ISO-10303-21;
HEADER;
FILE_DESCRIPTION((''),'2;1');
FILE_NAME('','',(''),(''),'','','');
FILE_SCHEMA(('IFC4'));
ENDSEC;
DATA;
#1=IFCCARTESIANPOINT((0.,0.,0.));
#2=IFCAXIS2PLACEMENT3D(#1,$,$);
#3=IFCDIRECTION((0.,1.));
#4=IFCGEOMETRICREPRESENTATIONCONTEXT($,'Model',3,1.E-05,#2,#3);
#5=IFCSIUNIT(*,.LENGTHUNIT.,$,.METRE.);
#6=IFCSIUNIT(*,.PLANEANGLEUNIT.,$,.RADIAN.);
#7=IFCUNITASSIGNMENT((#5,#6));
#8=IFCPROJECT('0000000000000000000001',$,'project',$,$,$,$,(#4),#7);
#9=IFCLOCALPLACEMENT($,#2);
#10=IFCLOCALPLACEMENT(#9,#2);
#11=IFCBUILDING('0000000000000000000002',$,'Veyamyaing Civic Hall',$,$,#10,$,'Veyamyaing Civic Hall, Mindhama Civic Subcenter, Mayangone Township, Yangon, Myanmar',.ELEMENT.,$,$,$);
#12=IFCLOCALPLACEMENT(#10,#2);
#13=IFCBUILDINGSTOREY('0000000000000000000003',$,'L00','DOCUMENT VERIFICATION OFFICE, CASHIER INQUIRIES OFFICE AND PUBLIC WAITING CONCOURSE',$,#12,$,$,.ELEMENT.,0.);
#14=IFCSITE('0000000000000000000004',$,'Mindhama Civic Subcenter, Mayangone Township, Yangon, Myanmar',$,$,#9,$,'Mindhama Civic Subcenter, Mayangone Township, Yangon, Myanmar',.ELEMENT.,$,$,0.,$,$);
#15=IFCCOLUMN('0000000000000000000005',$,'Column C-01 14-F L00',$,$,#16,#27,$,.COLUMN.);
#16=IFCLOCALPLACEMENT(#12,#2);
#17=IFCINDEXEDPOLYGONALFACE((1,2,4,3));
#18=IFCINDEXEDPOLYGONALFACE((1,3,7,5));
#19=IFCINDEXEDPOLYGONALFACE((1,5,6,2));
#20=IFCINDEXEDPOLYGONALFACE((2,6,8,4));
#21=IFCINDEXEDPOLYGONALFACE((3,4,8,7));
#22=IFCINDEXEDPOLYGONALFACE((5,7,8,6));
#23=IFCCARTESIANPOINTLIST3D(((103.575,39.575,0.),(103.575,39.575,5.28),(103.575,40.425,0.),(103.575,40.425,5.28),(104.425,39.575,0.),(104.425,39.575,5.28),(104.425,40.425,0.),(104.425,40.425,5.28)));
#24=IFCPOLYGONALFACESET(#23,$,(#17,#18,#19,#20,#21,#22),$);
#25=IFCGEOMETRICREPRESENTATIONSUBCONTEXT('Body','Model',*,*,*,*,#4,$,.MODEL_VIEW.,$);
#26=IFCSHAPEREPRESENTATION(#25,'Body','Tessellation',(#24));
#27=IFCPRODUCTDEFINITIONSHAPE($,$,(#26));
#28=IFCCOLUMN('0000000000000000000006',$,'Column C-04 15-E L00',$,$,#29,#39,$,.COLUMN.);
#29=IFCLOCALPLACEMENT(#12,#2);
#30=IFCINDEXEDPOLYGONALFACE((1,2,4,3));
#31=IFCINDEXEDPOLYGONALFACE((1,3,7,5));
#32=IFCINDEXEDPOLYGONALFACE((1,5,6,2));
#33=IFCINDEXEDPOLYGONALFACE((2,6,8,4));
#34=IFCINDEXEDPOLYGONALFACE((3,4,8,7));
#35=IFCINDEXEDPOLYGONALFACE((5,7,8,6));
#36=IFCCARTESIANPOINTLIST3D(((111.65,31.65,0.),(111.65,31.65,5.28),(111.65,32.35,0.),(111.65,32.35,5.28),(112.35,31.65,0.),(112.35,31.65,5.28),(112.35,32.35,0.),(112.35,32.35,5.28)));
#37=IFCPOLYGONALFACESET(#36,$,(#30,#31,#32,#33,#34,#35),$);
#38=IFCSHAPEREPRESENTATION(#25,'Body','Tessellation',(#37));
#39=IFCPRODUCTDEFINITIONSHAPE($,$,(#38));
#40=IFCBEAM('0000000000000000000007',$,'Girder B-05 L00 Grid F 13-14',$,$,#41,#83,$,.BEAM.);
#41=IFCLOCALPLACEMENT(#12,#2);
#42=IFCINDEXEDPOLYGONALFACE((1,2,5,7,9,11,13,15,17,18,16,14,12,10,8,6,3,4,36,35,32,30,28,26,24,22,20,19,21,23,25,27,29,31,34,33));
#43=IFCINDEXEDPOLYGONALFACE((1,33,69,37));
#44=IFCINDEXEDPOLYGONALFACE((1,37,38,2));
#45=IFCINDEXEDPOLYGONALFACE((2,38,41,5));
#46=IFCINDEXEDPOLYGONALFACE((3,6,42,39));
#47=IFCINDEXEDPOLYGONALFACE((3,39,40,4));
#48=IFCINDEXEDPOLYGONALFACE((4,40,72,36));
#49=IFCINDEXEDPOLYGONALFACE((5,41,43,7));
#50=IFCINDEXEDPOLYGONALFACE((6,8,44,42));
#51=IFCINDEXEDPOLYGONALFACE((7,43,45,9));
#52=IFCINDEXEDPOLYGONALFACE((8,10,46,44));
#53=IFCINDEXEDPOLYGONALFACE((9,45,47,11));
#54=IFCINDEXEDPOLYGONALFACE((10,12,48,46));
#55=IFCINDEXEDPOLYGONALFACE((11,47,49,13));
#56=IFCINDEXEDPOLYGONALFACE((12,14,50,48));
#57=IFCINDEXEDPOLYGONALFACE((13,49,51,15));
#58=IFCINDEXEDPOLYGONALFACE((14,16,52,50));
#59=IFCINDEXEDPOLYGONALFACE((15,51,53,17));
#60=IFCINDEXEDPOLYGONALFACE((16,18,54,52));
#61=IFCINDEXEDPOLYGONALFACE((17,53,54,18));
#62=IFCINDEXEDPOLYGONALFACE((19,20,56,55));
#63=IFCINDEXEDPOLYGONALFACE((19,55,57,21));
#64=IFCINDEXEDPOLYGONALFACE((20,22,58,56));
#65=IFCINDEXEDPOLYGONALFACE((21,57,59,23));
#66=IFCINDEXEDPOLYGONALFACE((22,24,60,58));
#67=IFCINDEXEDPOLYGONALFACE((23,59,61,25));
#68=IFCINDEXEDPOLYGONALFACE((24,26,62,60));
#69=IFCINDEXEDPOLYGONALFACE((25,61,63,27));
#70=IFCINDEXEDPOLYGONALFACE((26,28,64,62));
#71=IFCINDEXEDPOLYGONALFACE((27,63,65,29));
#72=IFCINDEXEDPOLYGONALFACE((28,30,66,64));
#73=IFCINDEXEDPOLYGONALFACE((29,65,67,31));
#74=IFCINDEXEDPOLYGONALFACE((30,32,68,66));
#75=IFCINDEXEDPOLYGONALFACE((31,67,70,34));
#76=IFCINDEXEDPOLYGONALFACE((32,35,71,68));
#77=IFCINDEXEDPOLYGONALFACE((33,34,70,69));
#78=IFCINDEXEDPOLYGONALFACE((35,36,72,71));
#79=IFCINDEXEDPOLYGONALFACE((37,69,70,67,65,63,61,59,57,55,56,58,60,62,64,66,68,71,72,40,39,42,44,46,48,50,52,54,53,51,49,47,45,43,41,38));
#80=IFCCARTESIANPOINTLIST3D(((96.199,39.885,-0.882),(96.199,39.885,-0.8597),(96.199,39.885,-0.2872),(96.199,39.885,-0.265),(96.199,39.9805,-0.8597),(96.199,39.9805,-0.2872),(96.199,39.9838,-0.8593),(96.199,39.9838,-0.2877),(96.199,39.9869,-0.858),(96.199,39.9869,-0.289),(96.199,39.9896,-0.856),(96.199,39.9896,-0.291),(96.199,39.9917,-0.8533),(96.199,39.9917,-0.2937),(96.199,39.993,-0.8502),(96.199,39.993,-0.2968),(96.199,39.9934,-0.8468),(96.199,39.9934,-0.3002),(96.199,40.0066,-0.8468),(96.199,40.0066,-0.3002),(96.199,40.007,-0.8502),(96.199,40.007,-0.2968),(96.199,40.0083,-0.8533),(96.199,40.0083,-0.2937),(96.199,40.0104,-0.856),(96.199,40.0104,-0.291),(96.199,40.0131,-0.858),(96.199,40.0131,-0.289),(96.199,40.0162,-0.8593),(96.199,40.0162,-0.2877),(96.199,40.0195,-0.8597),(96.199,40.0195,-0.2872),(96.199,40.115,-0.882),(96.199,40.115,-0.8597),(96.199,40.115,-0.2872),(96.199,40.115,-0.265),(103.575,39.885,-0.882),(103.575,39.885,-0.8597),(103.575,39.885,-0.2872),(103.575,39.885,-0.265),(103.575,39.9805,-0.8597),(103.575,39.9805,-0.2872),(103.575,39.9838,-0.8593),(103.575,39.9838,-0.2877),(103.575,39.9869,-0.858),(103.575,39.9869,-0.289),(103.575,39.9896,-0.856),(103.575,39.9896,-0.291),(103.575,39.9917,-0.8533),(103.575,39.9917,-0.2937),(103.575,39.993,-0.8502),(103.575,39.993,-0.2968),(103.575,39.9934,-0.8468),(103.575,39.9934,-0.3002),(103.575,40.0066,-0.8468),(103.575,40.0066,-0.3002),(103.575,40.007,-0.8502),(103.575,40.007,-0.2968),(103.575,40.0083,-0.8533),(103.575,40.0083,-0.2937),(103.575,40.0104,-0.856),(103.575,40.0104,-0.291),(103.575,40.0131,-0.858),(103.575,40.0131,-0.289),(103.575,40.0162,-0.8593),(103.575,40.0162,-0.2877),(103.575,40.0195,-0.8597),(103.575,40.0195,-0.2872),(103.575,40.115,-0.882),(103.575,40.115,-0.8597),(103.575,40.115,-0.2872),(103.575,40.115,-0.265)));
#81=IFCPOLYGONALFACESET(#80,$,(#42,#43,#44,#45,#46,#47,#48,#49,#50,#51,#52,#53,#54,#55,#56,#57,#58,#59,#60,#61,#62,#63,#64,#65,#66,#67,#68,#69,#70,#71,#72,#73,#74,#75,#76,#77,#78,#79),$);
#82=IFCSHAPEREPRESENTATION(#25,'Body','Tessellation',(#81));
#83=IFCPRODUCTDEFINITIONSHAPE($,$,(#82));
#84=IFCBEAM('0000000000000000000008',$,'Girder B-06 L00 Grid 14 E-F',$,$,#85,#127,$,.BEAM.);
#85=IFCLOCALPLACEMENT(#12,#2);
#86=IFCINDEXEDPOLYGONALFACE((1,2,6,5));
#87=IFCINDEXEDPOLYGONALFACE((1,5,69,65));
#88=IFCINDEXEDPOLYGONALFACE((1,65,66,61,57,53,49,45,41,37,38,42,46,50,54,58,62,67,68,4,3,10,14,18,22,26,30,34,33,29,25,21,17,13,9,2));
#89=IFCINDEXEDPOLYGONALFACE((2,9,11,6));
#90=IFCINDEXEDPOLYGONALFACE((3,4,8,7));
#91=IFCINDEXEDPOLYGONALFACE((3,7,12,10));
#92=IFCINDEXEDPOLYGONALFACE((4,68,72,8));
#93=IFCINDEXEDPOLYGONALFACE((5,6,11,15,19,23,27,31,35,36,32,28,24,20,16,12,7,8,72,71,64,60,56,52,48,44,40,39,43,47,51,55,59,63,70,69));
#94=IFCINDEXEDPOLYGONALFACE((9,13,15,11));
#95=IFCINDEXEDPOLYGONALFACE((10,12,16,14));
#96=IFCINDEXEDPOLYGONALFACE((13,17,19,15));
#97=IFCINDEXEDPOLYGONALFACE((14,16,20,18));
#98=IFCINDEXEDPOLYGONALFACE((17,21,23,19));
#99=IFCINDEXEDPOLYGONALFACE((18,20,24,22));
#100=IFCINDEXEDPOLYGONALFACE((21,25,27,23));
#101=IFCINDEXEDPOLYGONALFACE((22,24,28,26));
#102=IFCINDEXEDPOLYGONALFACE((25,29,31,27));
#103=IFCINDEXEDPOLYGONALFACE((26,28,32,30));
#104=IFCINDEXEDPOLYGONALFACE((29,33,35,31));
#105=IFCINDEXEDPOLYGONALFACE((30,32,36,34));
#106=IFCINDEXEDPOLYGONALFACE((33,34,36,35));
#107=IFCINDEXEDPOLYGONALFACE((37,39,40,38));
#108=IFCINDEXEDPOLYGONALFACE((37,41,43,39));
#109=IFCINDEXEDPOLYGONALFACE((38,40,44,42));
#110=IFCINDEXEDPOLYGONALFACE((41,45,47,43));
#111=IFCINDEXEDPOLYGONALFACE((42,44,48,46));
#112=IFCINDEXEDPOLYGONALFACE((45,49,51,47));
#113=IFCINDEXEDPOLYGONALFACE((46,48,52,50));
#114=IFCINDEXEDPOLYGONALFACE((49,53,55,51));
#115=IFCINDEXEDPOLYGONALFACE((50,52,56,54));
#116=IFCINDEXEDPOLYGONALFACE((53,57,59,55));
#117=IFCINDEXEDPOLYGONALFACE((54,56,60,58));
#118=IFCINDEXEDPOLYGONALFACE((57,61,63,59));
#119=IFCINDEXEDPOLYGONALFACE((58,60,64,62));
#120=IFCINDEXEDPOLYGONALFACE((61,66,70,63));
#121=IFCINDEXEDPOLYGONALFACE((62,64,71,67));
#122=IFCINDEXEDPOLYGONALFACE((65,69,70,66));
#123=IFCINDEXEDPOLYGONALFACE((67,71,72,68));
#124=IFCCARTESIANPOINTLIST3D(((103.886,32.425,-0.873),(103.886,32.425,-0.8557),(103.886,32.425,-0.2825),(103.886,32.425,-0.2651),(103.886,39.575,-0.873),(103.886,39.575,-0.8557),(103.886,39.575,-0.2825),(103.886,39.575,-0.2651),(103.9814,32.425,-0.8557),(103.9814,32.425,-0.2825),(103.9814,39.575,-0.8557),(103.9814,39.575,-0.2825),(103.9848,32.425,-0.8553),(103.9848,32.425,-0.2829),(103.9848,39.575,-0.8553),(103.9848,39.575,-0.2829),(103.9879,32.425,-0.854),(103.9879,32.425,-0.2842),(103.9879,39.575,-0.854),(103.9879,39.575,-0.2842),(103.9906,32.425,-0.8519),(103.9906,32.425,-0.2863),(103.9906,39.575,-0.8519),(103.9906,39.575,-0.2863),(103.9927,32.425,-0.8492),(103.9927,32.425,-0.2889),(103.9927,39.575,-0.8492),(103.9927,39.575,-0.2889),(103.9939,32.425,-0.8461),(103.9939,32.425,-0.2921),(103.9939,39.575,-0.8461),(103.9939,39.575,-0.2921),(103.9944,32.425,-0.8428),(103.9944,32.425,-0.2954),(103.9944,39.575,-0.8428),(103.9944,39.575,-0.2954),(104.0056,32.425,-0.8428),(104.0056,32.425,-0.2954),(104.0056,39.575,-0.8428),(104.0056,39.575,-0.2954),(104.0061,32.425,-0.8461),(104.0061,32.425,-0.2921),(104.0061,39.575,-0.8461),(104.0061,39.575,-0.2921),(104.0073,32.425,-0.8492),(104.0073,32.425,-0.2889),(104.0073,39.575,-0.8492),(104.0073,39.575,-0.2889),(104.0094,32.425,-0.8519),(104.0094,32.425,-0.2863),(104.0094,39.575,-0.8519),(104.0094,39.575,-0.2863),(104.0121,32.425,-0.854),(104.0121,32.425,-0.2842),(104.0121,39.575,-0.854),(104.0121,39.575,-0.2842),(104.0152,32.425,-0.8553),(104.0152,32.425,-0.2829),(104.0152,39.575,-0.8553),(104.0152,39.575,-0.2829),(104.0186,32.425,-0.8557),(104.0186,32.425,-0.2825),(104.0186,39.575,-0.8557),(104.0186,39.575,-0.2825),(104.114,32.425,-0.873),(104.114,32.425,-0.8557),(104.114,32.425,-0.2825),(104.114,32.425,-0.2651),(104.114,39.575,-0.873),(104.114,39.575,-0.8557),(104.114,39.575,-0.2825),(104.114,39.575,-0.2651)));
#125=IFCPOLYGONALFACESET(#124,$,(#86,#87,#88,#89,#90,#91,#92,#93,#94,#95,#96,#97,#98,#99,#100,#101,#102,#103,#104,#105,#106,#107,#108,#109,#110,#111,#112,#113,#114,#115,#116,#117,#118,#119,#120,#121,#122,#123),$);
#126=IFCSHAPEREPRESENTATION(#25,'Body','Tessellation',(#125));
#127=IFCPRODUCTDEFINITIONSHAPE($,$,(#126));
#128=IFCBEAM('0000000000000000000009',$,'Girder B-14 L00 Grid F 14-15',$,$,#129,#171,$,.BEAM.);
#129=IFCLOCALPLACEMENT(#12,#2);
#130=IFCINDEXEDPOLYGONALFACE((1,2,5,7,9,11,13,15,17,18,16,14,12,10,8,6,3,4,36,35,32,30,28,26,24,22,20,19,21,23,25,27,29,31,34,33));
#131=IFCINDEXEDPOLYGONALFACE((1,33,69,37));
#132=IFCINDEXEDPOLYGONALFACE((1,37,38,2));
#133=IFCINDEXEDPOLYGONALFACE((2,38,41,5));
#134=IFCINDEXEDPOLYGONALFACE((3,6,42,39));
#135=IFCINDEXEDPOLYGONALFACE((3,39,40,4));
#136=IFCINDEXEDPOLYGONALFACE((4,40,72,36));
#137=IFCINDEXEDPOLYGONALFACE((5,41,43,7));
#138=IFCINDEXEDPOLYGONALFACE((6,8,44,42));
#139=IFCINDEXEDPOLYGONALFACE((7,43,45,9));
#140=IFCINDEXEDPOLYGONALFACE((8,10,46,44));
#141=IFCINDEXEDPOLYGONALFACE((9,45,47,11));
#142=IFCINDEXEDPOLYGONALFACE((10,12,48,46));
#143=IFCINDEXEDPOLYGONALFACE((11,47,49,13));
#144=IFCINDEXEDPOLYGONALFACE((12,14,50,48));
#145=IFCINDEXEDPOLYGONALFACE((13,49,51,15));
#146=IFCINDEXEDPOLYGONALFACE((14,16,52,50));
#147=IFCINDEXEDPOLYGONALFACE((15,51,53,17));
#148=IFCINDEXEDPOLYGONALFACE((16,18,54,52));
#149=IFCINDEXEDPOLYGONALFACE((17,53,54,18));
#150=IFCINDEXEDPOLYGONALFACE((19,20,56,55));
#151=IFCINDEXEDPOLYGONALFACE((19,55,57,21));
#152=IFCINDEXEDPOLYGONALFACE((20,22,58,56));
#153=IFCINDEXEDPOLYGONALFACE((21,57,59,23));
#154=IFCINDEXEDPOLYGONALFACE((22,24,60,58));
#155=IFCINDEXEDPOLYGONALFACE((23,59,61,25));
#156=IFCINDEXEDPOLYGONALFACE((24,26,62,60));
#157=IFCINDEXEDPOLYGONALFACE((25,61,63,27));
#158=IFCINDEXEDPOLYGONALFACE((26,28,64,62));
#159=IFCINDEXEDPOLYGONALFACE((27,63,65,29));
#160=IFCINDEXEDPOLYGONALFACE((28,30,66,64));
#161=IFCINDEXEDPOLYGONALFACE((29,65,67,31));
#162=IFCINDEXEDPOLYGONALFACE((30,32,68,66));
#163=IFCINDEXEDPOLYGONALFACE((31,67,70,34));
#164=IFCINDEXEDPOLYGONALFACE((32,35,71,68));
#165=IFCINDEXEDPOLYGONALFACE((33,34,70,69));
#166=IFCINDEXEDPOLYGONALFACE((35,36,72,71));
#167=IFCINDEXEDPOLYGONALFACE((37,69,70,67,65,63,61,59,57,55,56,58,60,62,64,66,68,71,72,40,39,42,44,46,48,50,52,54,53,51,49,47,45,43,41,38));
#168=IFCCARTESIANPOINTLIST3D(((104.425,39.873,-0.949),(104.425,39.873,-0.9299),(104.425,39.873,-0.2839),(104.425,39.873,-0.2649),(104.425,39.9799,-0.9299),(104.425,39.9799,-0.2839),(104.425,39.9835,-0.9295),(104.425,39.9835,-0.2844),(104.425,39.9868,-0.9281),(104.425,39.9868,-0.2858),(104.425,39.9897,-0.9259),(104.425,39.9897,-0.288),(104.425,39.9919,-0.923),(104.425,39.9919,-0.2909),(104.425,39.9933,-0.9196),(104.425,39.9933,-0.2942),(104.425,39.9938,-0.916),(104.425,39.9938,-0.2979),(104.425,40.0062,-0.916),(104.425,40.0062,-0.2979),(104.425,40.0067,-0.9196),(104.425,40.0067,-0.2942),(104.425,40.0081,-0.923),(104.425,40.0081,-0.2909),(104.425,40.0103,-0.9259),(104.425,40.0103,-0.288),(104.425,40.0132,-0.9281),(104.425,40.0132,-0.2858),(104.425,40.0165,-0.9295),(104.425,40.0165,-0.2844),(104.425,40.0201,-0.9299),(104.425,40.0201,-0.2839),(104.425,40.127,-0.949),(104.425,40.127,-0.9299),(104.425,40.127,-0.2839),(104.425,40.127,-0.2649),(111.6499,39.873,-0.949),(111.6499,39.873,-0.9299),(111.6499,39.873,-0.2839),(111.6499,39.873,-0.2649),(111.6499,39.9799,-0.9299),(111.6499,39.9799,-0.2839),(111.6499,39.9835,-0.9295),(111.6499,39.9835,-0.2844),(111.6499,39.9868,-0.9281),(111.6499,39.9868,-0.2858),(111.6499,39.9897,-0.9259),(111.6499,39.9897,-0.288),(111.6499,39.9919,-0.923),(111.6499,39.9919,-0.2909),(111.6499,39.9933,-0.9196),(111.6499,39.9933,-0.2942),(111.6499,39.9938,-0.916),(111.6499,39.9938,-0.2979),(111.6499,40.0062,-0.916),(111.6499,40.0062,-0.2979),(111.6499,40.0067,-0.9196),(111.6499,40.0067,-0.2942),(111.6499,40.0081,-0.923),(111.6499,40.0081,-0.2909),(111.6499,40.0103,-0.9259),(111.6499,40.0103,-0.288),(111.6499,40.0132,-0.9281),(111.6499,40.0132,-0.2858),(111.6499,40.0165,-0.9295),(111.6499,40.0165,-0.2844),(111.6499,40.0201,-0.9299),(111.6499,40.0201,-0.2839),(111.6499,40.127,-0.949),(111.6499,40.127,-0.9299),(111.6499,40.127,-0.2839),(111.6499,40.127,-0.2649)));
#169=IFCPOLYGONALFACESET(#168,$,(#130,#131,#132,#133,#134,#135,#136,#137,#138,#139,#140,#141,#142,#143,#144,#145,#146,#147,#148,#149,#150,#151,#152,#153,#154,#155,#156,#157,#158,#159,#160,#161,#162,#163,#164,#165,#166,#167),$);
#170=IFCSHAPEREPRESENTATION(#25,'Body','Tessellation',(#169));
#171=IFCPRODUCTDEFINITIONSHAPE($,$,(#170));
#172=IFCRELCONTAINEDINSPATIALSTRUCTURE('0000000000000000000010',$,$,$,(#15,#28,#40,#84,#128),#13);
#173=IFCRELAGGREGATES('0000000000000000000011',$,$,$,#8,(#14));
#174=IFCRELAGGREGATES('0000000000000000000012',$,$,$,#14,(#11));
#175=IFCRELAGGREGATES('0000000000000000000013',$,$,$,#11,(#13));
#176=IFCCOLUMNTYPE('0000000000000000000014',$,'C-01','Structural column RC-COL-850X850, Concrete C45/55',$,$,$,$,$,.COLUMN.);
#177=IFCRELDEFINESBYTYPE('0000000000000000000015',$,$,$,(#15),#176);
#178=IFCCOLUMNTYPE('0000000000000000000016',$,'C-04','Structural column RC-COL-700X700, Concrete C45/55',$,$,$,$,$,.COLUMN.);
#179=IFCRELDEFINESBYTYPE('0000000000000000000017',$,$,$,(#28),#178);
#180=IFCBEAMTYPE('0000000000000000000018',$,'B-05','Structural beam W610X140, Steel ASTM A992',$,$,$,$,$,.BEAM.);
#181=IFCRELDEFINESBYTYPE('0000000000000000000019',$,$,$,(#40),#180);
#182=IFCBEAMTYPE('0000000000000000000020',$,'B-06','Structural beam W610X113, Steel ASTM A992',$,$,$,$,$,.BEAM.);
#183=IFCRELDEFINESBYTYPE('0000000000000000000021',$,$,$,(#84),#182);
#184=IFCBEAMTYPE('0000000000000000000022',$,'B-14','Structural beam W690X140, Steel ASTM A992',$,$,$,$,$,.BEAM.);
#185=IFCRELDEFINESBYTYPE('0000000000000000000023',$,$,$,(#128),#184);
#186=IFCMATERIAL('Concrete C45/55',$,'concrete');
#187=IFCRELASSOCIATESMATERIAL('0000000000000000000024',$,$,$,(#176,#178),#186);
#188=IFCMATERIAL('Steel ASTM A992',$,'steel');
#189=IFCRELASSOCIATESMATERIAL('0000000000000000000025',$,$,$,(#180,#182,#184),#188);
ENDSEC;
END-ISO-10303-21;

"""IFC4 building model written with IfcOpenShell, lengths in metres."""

from ifc_helpers import new_model, si_unit, direction, frame, origin, origin_2d, place, context, subcontext, project, spatial, rectangle, i_section, extrude, material, material_profile, profile_set, type_object, element, save


model = new_model("IFC4")

# Units and contexts
model_context = context("Model", 3, precision=1e-05, world=origin(), true_north=direction((0.0, 1.0)))
body_context = subcontext(model_context, "Body", "Model", "MODEL_VIEW")
ifc_project = project(units=[si_unit("LENGTHUNIT", "METRE"), si_unit("PLANEANGLEUNIT", "RADIAN")], contexts=[model_context])

# Site, building, storey
site_placement = place(None, origin())
site = spatial("IfcSite", under=ifc_project, at=site_placement, Name="Mindhama Civic Subcenter, Mayangone Township, Yangon, Myanmar", LongName="Mindhama Civic Subcenter, Mayangone Township, Yangon, Myanmar", CompositionType="ELEMENT", RefElevation=0.0)
building_placement = place(site_placement, origin())
building = spatial("IfcBuilding", under=site, at=building_placement, Name="Veyamyaing Civic Hall", LongName="Veyamyaing Civic Hall, Mindhama Civic Subcenter, Mayangone Township, Yangon, Myanmar", CompositionType="ELEMENT")
storey_placement = place(building_placement, origin())
storey = spatial("IfcBuildingStorey", under=building, at=storey_placement, Name="L00", Description="DOCUMENT VERIFICATION OFFICE, CASHIER INQUIRIES OFFICE AND PUBLIC WAITING CONCOURSE", CompositionType="ELEMENT", Elevation=0.0)

# Columns
ifc_material_1 = material(Name="Concrete C45/55", Category="concrete")
ifc_material_profile_1 = material_profile(ifc_material_1, rectangle(XDim=0.8501, YDim=0.8501, at=origin_2d()), Name="RC-COL-850X850")
ifc_profile_set_1 = profile_set([ifc_material_profile_1], Name="Concrete C45/55")
column_type_1 = type_object("IfcColumnType", Name="C-01", Description="Structural column RC-COL-850X850, Concrete C45/55", PredefinedType="COLUMN", material=ifc_profile_set_1)
column_1_placement = place(storey_placement, frame((104.0, 40.0, 0.0), z_axis=(0.0, 0.0, 1.0), x_axis=(1.0, 0.0, 0.0)))
element("IfcColumn", 1, at=column_1_placement, inside=storey, type_object=column_type_1, Name="Column C-01 14-F L00", PredefinedType="COLUMN", context=body_context, shape_type="SweptSolid", body=[
    extrude(rectangle(XDim=0.8501, YDim=0.8501, at=origin_2d()), origin(), (0.0, 0.0, 1.0), 5.28),
])
ifc_material_profile_2 = material_profile(ifc_material_1, rectangle(XDim=0.7, YDim=0.7, at=origin_2d()), Name="RC-COL-700X700")
ifc_profile_set_2 = profile_set([ifc_material_profile_2], Name="Concrete C45/55")
column_type_2 = type_object("IfcColumnType", Name="C-04", Description="Structural column RC-COL-700X700, Concrete C45/55", PredefinedType="COLUMN", material=ifc_profile_set_2)
column_2_placement = place(storey_placement, frame((112.0, 32.0, 0.0), z_axis=(0.0, 0.0, 1.0), x_axis=(1.0, 0.0, 0.0)))
element("IfcColumn", 2, at=column_2_placement, inside=storey, type_object=column_type_2, Name="Column C-04 15-E L00", PredefinedType="COLUMN", context=body_context, shape_type="SweptSolid", body=[
    extrude(rectangle(XDim=0.7, YDim=0.7, at=origin_2d()), origin(), (0.0, 0.0, 1.0), 5.28),
])

# Beams
ifc_material_2 = material(Name="Steel ASTM A992", Category="steel")
ifc_material_profile_3 = material_profile(ifc_material_2, i_section(OverallWidth=0.23, OverallDepth=0.6169, WebThickness=0.0132, FlangeThickness=0.0222, FilletRadius=0.0129, at=origin_2d()), Name="W610X140")
ifc_profile_set_3 = profile_set([ifc_material_profile_3], Name="Steel ASTM A992")
beam_type_1 = type_object("IfcBeamType", Name="B-05", Description="Structural beam W610X140, Steel ASTM A992", PredefinedType="BEAM", material=ifc_profile_set_3)
beam_1_placement = place(storey_placement, frame((96.199, 40.0, -0.5735), z_axis=(1.0, 0.0, 0.0), x_axis=(0.0, 1.0, 0.0)))
element("IfcBeam", 3, at=beam_1_placement, inside=storey, type_object=beam_type_1, Name="Girder B-05 L00 Grid F 13-14", PredefinedType="BEAM", context=body_context, shape_type="SweptSolid", body=[
    extrude(i_section(OverallWidth=0.23, OverallDepth=0.6169, WebThickness=0.0132, FlangeThickness=0.0222, FilletRadius=0.0129, at=origin_2d()), origin(), (0.0, 0.0, 1.0), 7.376),
])
ifc_material_profile_4 = material_profile(ifc_material_2, i_section(OverallWidth=0.228, OverallDepth=0.6079, WebThickness=0.0112, FlangeThickness=0.0173, FilletRadius=0.0129, at=origin_2d()), Name="W610X113")
ifc_profile_set_4 = profile_set([ifc_material_profile_4], Name="Steel ASTM A992")
beam_type_2 = type_object("IfcBeamType", Name="B-06", Description="Structural beam W610X113, Steel ASTM A992", PredefinedType="BEAM", material=ifc_profile_set_4)
beam_2_placement = place(storey_placement, frame((104.0, 32.425, -0.5691), z_axis=(0.0, 1.0, 0.0), x_axis=(-1.0, 0.0, 0.0)))
element("IfcBeam", 4, at=beam_2_placement, inside=storey, type_object=beam_type_2, Name="Girder B-06 L00 Grid 14 E-F", PredefinedType="BEAM", context=body_context, shape_type="SweptSolid", body=[
    extrude(i_section(OverallWidth=0.228, OverallDepth=0.6079, WebThickness=0.0112, FlangeThickness=0.0173, FilletRadius=0.0129, at=origin_2d()), origin(), (0.0, 0.0, 1.0), 7.1499),
])
ifc_material_profile_5 = material_profile(ifc_material_2, i_section(OverallWidth=0.2539, OverallDepth=0.6841, WebThickness=0.0125, FlangeThickness=0.019, FilletRadius=0.0139, at=origin_2d()), Name="W690X140")
ifc_profile_set_5 = profile_set([ifc_material_profile_5], Name="Steel ASTM A992")
beam_type_3 = type_object("IfcBeamType", Name="B-14", Description="Structural beam W690X140, Steel ASTM A992", PredefinedType="BEAM", material=ifc_profile_set_5)
beam_3_placement = place(storey_placement, frame((104.425, 40.0, -0.6069), z_axis=(1.0, 0.0, 0.0), x_axis=(0.0, 1.0, 0.0)))
element("IfcBeam", 5, at=beam_3_placement, inside=storey, type_object=beam_type_3, Name="Girder B-14 L00 Grid F 14-15", PredefinedType="BEAM", context=body_context, shape_type="SweptSolid", body=[
    extrude(i_section(OverallWidth=0.2539, OverallDepth=0.6841, WebThickness=0.0125, FlangeThickness=0.019, FilletRadius=0.0139, at=origin_2d()), origin(), (0.0, 0.0, 1.0), 7.2249),
])

save(model, "model.ifc")
